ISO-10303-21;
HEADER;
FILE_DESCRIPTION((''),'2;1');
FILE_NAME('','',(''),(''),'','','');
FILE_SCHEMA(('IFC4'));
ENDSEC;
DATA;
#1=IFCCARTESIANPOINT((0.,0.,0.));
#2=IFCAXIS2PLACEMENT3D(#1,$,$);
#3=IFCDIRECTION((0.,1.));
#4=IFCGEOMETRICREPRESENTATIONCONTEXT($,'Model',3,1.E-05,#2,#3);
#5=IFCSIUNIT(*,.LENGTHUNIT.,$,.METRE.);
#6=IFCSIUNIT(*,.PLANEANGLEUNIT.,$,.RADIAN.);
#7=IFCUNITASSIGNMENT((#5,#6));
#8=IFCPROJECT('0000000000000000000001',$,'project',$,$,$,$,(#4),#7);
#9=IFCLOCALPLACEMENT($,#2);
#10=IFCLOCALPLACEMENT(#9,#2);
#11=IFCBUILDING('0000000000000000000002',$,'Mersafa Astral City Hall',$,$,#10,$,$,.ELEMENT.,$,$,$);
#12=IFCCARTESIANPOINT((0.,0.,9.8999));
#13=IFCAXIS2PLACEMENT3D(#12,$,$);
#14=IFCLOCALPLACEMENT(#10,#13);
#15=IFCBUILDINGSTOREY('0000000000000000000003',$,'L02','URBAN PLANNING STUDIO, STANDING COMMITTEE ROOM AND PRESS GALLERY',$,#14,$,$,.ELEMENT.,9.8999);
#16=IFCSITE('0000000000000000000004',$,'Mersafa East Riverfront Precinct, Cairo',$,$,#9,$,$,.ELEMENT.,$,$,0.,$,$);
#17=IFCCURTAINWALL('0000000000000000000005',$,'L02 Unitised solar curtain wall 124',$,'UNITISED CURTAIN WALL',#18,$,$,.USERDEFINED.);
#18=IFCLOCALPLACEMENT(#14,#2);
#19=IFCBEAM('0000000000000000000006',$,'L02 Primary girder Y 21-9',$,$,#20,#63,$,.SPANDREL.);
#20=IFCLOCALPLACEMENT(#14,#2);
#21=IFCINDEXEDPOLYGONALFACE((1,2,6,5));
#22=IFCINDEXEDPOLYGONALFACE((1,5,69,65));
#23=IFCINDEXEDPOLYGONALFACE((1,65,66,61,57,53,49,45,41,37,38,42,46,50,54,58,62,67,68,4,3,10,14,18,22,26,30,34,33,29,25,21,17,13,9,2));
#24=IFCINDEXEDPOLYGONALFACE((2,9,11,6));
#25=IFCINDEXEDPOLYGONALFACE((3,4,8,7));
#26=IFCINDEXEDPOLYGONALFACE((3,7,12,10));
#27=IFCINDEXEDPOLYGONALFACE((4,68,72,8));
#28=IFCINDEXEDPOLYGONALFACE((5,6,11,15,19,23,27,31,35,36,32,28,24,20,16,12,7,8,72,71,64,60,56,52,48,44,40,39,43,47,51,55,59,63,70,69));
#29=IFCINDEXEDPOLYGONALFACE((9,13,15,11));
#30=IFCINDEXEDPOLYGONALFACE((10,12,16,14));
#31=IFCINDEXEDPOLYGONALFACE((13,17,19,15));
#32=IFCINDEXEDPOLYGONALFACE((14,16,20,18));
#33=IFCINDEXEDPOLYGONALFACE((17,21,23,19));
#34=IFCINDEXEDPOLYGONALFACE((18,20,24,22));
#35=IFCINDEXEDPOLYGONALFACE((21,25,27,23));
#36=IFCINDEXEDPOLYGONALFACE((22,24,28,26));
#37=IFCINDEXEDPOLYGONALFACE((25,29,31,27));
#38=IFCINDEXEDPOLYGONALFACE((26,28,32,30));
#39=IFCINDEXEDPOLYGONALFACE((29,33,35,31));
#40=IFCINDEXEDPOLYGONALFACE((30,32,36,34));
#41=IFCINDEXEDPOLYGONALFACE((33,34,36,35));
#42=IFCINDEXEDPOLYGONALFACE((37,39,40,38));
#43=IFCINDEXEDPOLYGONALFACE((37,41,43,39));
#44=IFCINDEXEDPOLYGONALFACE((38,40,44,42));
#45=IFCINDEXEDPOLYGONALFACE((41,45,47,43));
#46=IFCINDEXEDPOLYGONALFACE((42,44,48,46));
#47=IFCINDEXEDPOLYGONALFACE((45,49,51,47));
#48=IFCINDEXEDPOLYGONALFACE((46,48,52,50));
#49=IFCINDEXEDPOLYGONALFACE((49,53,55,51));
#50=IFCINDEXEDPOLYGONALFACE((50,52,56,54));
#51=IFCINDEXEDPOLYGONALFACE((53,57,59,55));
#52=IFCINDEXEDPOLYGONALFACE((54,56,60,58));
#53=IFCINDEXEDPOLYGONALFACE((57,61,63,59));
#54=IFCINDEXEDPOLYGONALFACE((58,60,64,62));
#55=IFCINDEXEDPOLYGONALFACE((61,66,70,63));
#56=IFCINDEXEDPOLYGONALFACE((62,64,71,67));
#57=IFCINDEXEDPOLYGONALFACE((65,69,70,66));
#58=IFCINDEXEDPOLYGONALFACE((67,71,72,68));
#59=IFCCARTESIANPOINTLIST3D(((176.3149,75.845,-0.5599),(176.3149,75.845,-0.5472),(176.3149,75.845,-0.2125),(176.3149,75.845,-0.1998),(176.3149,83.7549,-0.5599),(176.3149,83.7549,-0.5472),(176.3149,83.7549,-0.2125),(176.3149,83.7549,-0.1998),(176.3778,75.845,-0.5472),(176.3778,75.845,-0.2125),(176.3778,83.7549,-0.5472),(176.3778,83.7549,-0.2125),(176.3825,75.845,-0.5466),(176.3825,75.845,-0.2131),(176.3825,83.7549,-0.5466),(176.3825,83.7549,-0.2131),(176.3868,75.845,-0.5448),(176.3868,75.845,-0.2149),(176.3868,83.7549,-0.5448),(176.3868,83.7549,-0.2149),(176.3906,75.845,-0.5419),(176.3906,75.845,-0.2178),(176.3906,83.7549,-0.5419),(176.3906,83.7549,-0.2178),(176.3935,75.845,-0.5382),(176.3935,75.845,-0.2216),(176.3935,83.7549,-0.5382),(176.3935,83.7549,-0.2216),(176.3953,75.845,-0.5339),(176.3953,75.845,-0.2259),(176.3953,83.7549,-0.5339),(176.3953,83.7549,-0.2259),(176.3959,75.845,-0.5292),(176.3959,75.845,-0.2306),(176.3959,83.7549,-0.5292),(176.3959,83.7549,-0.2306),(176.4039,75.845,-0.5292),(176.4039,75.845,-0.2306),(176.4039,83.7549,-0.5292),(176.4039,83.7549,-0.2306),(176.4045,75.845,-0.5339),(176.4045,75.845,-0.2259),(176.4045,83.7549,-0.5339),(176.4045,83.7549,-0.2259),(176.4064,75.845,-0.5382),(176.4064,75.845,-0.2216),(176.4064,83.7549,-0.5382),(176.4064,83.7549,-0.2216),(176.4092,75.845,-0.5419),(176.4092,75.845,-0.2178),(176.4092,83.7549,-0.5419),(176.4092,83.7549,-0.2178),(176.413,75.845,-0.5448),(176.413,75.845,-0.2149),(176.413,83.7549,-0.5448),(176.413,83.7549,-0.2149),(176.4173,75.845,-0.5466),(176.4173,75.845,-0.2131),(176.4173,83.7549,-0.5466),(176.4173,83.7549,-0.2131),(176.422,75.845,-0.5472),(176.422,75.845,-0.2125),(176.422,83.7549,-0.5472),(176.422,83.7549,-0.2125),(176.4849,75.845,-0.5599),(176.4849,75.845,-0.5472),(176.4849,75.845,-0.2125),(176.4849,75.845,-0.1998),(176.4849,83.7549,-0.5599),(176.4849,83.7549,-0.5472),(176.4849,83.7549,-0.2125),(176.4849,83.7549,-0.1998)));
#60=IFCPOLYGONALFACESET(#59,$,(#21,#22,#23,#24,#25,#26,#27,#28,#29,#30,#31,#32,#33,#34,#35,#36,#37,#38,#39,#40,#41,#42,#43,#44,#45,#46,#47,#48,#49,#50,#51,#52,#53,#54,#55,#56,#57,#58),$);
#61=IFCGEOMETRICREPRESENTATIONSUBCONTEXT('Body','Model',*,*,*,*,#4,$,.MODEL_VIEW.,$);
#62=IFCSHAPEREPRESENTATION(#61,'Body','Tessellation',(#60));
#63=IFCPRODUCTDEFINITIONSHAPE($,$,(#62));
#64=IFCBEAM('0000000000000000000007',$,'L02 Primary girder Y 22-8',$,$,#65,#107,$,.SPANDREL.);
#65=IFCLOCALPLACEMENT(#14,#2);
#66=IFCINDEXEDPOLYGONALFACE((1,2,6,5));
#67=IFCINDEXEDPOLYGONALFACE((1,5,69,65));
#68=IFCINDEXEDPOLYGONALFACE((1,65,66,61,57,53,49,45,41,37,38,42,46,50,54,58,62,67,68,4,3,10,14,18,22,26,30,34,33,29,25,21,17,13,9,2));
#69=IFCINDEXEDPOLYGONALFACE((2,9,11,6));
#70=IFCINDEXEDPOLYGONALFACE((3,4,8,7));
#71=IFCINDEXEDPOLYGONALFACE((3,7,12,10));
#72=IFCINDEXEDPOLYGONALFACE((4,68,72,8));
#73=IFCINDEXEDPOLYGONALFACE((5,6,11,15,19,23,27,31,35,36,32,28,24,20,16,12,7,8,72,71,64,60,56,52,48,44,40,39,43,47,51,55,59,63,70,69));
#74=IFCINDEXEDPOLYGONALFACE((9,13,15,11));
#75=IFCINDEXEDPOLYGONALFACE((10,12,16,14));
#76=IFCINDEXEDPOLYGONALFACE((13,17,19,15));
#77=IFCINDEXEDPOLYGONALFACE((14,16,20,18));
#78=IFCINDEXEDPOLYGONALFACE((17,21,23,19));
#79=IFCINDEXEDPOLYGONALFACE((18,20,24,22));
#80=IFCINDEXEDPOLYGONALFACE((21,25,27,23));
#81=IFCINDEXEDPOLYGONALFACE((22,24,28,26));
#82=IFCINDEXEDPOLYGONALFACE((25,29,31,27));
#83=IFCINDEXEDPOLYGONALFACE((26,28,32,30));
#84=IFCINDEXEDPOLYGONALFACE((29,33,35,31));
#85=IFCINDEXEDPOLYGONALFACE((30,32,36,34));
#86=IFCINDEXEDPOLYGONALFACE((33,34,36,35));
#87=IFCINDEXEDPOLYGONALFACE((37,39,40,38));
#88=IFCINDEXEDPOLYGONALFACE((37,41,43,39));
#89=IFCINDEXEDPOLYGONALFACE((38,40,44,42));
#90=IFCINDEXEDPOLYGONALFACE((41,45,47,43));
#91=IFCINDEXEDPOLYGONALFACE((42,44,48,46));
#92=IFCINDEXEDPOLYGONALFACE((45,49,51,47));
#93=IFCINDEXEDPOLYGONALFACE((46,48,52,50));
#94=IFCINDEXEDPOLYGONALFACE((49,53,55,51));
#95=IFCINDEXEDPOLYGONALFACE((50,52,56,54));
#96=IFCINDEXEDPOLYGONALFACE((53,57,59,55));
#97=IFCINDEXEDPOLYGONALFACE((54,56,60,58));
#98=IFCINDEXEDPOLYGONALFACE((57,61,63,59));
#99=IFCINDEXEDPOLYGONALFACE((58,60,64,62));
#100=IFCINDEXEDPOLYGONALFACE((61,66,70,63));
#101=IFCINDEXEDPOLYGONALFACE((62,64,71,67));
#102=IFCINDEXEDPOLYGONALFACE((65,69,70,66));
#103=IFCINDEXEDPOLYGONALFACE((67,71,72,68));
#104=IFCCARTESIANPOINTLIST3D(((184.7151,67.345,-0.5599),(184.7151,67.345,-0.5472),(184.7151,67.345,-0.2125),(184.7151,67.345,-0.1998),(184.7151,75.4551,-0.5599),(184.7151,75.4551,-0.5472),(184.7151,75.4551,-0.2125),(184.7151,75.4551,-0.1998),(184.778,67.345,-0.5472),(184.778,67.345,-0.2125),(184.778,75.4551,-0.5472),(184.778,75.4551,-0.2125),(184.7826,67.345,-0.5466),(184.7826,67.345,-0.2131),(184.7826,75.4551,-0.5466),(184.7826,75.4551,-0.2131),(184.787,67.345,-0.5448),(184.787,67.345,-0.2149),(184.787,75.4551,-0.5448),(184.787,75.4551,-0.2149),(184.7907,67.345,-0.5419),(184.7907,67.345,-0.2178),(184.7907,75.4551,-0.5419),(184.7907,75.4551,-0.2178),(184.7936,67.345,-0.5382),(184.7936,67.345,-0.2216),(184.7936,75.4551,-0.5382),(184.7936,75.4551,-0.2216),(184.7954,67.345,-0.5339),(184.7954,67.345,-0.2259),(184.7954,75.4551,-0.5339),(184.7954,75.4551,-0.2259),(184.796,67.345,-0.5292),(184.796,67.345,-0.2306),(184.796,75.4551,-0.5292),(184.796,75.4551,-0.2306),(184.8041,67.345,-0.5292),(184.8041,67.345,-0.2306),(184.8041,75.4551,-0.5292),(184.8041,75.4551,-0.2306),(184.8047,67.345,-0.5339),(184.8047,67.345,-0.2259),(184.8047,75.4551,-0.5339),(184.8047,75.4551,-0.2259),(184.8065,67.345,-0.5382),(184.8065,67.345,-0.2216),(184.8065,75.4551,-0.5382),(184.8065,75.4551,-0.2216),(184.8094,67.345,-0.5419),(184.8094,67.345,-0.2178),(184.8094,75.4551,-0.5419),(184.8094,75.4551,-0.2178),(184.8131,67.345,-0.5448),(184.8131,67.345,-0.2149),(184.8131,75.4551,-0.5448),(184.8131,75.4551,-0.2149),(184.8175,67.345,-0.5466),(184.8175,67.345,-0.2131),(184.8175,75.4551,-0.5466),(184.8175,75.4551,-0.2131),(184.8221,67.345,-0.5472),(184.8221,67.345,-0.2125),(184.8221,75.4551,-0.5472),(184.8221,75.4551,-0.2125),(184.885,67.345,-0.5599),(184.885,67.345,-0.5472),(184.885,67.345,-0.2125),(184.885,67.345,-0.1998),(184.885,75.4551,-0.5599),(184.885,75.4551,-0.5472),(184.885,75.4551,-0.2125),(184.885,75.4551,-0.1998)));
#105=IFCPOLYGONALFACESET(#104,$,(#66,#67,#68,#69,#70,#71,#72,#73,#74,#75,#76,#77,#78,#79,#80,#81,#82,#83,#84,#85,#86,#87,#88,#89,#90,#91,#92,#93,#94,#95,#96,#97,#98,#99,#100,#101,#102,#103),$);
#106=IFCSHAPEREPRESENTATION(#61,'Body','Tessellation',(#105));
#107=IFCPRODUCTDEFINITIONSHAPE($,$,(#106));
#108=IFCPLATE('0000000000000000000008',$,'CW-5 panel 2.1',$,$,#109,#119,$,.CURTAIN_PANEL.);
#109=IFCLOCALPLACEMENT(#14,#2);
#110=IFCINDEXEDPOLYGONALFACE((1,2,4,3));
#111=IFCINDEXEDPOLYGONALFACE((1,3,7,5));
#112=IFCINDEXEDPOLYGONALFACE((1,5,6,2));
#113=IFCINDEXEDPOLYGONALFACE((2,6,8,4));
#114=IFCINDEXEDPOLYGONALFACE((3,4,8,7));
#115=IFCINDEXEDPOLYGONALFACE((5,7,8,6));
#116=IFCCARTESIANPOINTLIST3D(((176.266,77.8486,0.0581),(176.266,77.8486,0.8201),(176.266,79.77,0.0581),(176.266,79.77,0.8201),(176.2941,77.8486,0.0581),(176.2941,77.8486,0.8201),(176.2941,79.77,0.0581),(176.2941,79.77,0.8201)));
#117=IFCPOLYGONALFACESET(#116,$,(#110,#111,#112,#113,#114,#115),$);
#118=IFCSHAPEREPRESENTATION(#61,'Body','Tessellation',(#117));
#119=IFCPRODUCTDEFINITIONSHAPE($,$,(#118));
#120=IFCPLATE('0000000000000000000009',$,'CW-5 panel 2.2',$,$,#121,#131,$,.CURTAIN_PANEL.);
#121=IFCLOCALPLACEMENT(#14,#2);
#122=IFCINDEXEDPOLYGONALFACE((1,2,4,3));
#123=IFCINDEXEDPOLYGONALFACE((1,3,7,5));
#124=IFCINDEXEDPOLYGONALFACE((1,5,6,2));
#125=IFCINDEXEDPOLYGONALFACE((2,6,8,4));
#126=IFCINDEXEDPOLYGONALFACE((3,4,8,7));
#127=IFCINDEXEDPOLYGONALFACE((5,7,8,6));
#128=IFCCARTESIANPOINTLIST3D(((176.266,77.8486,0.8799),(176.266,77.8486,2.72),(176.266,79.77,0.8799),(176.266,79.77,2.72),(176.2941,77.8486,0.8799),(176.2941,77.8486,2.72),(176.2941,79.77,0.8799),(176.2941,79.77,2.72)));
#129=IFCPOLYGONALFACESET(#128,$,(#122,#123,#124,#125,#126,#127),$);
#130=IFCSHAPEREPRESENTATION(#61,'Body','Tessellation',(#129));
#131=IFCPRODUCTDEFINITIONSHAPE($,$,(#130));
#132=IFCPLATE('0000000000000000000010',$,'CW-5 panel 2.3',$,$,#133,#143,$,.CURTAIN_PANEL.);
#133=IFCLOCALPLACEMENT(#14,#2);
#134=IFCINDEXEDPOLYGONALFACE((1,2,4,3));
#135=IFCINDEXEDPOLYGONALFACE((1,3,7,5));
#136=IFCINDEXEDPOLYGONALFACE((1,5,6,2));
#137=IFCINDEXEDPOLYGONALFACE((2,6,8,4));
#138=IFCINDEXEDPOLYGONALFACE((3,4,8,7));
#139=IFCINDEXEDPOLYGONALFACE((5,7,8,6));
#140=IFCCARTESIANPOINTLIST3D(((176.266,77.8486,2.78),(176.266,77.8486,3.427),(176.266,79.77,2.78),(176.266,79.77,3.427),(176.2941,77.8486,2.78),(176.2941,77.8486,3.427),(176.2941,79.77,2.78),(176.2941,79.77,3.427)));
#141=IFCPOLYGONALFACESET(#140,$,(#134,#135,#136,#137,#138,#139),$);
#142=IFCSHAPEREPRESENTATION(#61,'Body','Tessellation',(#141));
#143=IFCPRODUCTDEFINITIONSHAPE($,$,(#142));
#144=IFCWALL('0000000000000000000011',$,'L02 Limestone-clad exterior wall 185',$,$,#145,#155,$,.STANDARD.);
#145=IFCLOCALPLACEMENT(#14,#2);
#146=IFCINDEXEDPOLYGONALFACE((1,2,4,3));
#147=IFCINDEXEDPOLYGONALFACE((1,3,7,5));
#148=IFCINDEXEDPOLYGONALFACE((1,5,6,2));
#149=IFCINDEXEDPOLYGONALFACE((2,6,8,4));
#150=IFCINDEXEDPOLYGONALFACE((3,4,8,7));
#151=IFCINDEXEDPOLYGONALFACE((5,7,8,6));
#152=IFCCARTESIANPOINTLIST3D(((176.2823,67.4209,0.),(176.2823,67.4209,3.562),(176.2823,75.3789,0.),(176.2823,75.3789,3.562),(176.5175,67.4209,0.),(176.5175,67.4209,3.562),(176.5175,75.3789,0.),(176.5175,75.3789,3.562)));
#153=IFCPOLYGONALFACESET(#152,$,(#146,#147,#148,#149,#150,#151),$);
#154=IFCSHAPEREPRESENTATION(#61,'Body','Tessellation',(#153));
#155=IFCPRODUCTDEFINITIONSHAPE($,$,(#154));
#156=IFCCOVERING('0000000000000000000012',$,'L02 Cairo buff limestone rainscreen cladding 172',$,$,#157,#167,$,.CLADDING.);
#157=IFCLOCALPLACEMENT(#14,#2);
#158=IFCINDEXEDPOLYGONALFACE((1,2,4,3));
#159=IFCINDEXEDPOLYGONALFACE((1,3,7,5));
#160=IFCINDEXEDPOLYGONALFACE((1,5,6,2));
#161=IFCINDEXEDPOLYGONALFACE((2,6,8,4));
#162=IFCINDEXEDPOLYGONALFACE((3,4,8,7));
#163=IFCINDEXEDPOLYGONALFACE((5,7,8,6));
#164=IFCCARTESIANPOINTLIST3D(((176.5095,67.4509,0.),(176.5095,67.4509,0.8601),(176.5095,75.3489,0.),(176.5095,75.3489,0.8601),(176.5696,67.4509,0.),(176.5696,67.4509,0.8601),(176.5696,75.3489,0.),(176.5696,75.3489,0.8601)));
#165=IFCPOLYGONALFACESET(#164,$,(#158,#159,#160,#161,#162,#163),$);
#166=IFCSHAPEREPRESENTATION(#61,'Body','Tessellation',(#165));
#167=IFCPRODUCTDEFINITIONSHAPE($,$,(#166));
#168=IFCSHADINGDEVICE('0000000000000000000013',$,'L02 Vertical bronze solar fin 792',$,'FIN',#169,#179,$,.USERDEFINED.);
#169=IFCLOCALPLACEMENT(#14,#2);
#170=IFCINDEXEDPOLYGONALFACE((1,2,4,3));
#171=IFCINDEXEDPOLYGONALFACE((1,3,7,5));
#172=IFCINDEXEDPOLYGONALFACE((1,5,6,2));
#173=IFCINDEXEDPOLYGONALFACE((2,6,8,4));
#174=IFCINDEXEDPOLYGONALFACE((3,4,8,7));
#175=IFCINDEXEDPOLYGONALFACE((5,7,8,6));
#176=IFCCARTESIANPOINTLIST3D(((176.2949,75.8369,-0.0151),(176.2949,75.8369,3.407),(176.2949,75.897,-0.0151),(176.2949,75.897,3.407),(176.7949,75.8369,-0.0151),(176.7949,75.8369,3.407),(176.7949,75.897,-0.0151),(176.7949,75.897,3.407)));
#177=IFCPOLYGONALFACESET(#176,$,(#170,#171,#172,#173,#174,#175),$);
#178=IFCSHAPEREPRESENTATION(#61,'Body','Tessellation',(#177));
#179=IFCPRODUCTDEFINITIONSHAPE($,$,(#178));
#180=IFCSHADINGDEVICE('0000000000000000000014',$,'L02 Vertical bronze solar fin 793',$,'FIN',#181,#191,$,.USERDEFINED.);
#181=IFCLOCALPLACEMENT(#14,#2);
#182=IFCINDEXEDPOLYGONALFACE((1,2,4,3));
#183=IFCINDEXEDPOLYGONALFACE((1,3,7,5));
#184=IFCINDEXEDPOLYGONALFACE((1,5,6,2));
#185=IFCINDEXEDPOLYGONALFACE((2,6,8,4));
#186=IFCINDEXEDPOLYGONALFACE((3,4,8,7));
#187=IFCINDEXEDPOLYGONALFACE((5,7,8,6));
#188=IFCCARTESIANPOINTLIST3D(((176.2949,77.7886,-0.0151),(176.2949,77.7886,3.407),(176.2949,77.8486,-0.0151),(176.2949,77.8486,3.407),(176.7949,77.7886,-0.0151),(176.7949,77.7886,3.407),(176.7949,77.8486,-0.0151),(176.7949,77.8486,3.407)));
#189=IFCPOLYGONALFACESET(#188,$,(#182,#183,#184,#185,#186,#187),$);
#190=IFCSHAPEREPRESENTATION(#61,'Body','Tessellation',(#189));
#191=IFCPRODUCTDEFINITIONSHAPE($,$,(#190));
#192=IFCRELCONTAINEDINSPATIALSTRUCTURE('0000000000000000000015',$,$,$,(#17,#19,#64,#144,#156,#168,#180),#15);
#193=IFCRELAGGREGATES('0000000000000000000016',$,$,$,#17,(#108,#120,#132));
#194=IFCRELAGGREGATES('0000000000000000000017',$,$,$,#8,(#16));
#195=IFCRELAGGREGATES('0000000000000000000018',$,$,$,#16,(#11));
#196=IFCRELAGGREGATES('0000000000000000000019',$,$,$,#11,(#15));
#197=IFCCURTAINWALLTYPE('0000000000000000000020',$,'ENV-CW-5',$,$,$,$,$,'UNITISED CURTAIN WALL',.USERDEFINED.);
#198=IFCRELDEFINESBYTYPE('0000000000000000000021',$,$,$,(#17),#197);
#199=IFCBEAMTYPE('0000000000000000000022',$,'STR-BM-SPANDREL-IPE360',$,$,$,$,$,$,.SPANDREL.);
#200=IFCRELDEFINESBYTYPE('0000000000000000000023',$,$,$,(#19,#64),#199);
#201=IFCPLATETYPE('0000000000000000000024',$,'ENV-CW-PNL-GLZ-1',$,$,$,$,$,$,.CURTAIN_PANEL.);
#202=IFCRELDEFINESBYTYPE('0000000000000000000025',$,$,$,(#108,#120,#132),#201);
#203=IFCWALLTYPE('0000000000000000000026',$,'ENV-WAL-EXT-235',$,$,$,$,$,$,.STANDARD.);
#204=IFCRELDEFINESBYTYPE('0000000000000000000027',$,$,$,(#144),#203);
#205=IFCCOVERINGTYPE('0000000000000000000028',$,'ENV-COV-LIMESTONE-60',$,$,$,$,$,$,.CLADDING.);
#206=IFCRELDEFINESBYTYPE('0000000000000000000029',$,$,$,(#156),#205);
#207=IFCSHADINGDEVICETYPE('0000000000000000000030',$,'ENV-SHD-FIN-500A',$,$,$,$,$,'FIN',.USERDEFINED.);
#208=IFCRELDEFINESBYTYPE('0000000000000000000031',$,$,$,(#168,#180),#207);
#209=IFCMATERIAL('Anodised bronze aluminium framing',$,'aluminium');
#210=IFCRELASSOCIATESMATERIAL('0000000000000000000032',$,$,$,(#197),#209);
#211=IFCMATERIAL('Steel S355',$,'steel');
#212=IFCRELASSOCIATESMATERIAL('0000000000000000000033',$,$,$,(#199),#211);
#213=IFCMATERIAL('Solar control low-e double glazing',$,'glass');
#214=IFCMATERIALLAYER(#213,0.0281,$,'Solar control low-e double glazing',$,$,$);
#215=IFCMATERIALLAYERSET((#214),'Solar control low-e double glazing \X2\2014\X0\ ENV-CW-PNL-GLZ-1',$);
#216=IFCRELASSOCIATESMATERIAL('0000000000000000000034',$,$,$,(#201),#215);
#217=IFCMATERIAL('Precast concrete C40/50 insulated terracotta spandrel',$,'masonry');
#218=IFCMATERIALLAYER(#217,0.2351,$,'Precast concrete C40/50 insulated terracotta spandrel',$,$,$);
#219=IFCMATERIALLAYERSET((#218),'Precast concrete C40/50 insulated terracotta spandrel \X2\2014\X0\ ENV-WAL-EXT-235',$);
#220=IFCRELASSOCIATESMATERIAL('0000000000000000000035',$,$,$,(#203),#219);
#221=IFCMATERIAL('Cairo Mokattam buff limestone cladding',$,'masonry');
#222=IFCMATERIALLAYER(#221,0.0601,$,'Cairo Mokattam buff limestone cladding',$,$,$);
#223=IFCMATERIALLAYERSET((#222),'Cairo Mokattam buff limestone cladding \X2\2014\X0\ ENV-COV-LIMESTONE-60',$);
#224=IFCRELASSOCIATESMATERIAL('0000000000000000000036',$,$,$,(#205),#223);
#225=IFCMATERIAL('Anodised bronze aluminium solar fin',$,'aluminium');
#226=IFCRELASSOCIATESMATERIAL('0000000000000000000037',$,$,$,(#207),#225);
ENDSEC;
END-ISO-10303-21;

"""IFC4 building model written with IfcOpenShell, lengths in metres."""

from ifc_helpers import new_model, si_unit, direction, frame, frame_2d, origin, origin_2d, place, context, subcontext, project, spatial, rectangle, i_section, extrude, material, layer, layer_set, material_profile, profile_set, type_object, element, aggregate, save


model = new_model("IFC4")

# Units and contexts
model_context = context("Model", 3, precision=1e-05, world=origin(), true_north=direction((0.0, 1.0)))
body_context = subcontext(model_context, "Body", "Model", "MODEL_VIEW")
ifc_project = project(units=[si_unit("LENGTHUNIT", "METRE"), si_unit("PLANEANGLEUNIT", "RADIAN")], contexts=[model_context])

# Site, building, storey
site_placement = place(None, origin())
site = spatial("IfcSite", under=ifc_project, at=site_placement, Name="Mersafa East Riverfront Precinct, Cairo", CompositionType="ELEMENT", RefElevation=0.0)
building_placement = place(site_placement, origin())
building = spatial("IfcBuilding", under=site, at=building_placement, Name="Mersafa Astral City Hall", CompositionType="ELEMENT")
storey_placement = place(building_placement, frame((0.0, 0.0, 9.8999)))
storey = spatial("IfcBuildingStorey", under=building, at=storey_placement, Name="L02", Description="URBAN PLANNING STUDIO, STANDING COMMITTEE ROOM AND PRESS GALLERY", CompositionType="ELEMENT", Elevation=9.8999)

# Shared definitions
ifc_material_1 = material(Name="Steel S355", Category="steel")

# Curtain wall
ifc_material_2 = material(Name="Anodised bronze aluminium framing", Category="aluminium")
curtain_wall_type = type_object("IfcCurtainWallType", Name="ENV-CW-5", ElementType="UNITISED CURTAIN WALL", PredefinedType="USERDEFINED", material=ifc_material_2)
curtain_wall_placement = place(storey_placement, origin())
curtain_wall = element("IfcCurtainWall", 1, at=curtain_wall_placement, inside=storey, type_object=curtain_wall_type, Name="L02 Unitised solar curtain wall 124", ObjectType="UNITISED CURTAIN WALL", PredefinedType="USERDEFINED")

# Beams
ifc_material_profile_1 = material_profile(ifc_material_1, i_section(OverallWidth=0.1699, OverallDepth=0.3601, WebThickness=0.0081, FlangeThickness=0.0127, FilletRadius=0.0181, at=origin_2d()), Name="IPE 360")
ifc_profile_set_1 = profile_set([ifc_material_profile_1], Name="Steel S355")
beam_type_1 = type_object("IfcBeamType", Name="STR-BM-SPANDREL-IPE360", PredefinedType="SPANDREL", material=ifc_profile_set_1)
beam_1_placement = place(storey_placement, frame((176.3999, 75.845, -0.3799), z_axis=(0.0, 1.0, 0.0), x_axis=(-1.0, 0.0, 0.0)))
element("IfcBeam", 2, at=beam_1_placement, inside=storey, type_object=beam_type_1, Name="L02 Primary girder Y 21-9", PredefinedType="SPANDREL", context=body_context, shape_type="SweptSolid", body=[
    extrude(i_section(OverallWidth=0.1699, OverallDepth=0.3601, WebThickness=0.0081, FlangeThickness=0.0127, FilletRadius=0.0181, at=origin_2d()), origin(), (0.0, 0.0, 1.0), 7.9099),
])
beam_2_placement = place(storey_placement, frame((184.8, 67.345, -0.3799), z_axis=(0.0, 1.0, 0.0), x_axis=(-1.0, 0.0, 0.0)))
element("IfcBeam", 3, at=beam_2_placement, inside=storey, type_object=beam_type_1, Name="L02 Primary girder Y 22-8", PredefinedType="SPANDREL", context=body_context, shape_type="SweptSolid", body=[
    extrude(i_section(OverallWidth=0.1699, OverallDepth=0.3601, WebThickness=0.0081, FlangeThickness=0.0127, FilletRadius=0.0181, at=origin_2d()), origin(), (0.0, 0.0, 1.0), 8.1101),
])

# Plates
ifc_material_3 = material(Name="Solar control low-e double glazing", Category="glass")
ifc_layer_1 = layer(ifc_material_3, 0.0281, Name="Solar control low-e double glazing")
ifc_layer_set_1 = layer_set([ifc_layer_1], Name="Solar control low-e double glazing — ENV-CW-PNL-GLZ-1")
plate_type = type_object("IfcPlateType", Name="ENV-CW-PNL-GLZ-1", PredefinedType="CURTAIN_PANEL", material=ifc_layer_set_1)
plate_1_placement = place(storey_placement, frame((176.28, 78.8093, 0.0581), z_axis=(0.0, 0.0, 1.0), x_axis=(0.0, 1.0, 0.0)))
plate_1 = element("IfcPlate", 4, at=plate_1_placement, type_object=plate_type, Name="CW-5 panel 2.1", PredefinedType="CURTAIN_PANEL", context=body_context, shape_type="SweptSolid", body=[
    extrude(rectangle(XDim=1.9214, YDim=0.0281, at=origin_2d()), origin(), (0.0, 0.0, 1.0), 0.762),
])
plate_2_placement = place(storey_placement, frame((176.28, 78.8093, 0.8799), z_axis=(0.0, 0.0, 1.0), x_axis=(0.0, 1.0, 0.0)))
plate_2 = element("IfcPlate", 5, at=plate_2_placement, type_object=plate_type, Name="CW-5 panel 2.2", PredefinedType="CURTAIN_PANEL", context=body_context, shape_type="SweptSolid", body=[
    extrude(rectangle(XDim=1.9214, YDim=0.0281, at=origin_2d()), origin(), (0.0, 0.0, 1.0), 1.8401),
])
plate_3_placement = place(storey_placement, frame((176.28, 78.8093, 2.78), z_axis=(0.0, 0.0, 1.0), x_axis=(0.0, 1.0, 0.0)))
plate_3 = element("IfcPlate", 6, at=plate_3_placement, type_object=plate_type, Name="CW-5 panel 2.3", PredefinedType="CURTAIN_PANEL", context=body_context, shape_type="SweptSolid", body=[
    extrude(rectangle(XDim=1.9214, YDim=0.0281, at=origin_2d()), origin(), (0.0, 0.0, 1.0), 0.647),
])
aggregate(curtain_wall, [plate_1, plate_2, plate_3])

# Wall
ifc_material_4 = material(Name="Precast concrete C40/50 insulated terracotta spandrel", Category="masonry")
ifc_layer_2 = layer(ifc_material_4, 0.2351, Name="Precast concrete C40/50 insulated terracotta spandrel")
ifc_layer_set_2 = layer_set([ifc_layer_2], Name="Precast concrete C40/50 insulated terracotta spandrel — ENV-WAL-EXT-235")
wall_type = type_object("IfcWallType", Name="ENV-WAL-EXT-235", PredefinedType="STANDARD", material=ifc_layer_set_2)
wall_placement = place(storey_placement, frame((176.3999, 67.4209, 0.0), z_axis=(0.0, 0.0, 1.0), x_axis=(0.0, 1.0, 0.0)))
element("IfcWall", 7, at=wall_placement, inside=storey, type_object=wall_type, Name="L02 Limestone-clad exterior wall 185", PredefinedType="STANDARD", context=body_context, shape_type="SweptSolid", body=[
    extrude(rectangle(XDim=7.958, YDim=0.2351, at=frame_2d((3.979, 0.0))), origin(), (0.0, 0.0, 1.0), 3.562),
])

# Covering
ifc_material_5 = material(Name="Cairo Mokattam buff limestone cladding", Category="masonry")
ifc_layer_3 = layer(ifc_material_5, 0.0601, Name="Cairo Mokattam buff limestone cladding")
ifc_layer_set_3 = layer_set([ifc_layer_3], Name="Cairo Mokattam buff limestone cladding — ENV-COV-LIMESTONE-60")
covering_type = type_object("IfcCoveringType", Name="ENV-COV-LIMESTONE-60", PredefinedType="CLADDING", material=ifc_layer_set_3)
covering_placement = place(storey_placement, frame((176.5396, 71.3999, 0.0), z_axis=(0.0, 0.0, 1.0), x_axis=(0.0, 1.0, 0.0)))
element("IfcCovering", 8, at=covering_placement, inside=storey, type_object=covering_type, Name="L02 Cairo buff limestone rainscreen cladding 172", PredefinedType="CLADDING", context=body_context, shape_type="SweptSolid", body=[
    extrude(rectangle(XDim=7.8979, YDim=0.0601, at=origin_2d()), origin(), (0.0, 0.0, 1.0), 0.8601),
])

# Shading devices
ifc_material_6 = material(Name="Anodised bronze aluminium solar fin", Category="aluminium")
shading_device_type = type_object("IfcShadingDeviceType", Name="ENV-SHD-FIN-500A", ElementType="FIN", PredefinedType="USERDEFINED", material=ifc_material_6)
for number, where, z_axis, x_axis, name in (
    (9, (176.5449, 75.8669, -0.0151), (0.0, 0.0, 1.0), (0.0, 1.0, 0.0), "L02 Vertical bronze solar fin 792"),
    (10, (176.5449, 77.8186, -0.0151), (0.0, 0.0, 1.0), (0.0, 1.0, 0.0), "L02 Vertical bronze solar fin 793"),
):
    element("IfcShadingDevice", number, at=place(storey_placement, frame(where, z_axis=z_axis, x_axis=x_axis)), inside=storey, type_object=shading_device_type, Name=name, ObjectType="FIN", PredefinedType="USERDEFINED", context=body_context, shape_type="SweptSolid", body=[
        extrude(rectangle(XDim=0.0601, YDim=0.5, at=origin_2d()), origin(), (0.0, 0.0, 1.0), 3.4221),
    ])

save(model, "model.ifc")
